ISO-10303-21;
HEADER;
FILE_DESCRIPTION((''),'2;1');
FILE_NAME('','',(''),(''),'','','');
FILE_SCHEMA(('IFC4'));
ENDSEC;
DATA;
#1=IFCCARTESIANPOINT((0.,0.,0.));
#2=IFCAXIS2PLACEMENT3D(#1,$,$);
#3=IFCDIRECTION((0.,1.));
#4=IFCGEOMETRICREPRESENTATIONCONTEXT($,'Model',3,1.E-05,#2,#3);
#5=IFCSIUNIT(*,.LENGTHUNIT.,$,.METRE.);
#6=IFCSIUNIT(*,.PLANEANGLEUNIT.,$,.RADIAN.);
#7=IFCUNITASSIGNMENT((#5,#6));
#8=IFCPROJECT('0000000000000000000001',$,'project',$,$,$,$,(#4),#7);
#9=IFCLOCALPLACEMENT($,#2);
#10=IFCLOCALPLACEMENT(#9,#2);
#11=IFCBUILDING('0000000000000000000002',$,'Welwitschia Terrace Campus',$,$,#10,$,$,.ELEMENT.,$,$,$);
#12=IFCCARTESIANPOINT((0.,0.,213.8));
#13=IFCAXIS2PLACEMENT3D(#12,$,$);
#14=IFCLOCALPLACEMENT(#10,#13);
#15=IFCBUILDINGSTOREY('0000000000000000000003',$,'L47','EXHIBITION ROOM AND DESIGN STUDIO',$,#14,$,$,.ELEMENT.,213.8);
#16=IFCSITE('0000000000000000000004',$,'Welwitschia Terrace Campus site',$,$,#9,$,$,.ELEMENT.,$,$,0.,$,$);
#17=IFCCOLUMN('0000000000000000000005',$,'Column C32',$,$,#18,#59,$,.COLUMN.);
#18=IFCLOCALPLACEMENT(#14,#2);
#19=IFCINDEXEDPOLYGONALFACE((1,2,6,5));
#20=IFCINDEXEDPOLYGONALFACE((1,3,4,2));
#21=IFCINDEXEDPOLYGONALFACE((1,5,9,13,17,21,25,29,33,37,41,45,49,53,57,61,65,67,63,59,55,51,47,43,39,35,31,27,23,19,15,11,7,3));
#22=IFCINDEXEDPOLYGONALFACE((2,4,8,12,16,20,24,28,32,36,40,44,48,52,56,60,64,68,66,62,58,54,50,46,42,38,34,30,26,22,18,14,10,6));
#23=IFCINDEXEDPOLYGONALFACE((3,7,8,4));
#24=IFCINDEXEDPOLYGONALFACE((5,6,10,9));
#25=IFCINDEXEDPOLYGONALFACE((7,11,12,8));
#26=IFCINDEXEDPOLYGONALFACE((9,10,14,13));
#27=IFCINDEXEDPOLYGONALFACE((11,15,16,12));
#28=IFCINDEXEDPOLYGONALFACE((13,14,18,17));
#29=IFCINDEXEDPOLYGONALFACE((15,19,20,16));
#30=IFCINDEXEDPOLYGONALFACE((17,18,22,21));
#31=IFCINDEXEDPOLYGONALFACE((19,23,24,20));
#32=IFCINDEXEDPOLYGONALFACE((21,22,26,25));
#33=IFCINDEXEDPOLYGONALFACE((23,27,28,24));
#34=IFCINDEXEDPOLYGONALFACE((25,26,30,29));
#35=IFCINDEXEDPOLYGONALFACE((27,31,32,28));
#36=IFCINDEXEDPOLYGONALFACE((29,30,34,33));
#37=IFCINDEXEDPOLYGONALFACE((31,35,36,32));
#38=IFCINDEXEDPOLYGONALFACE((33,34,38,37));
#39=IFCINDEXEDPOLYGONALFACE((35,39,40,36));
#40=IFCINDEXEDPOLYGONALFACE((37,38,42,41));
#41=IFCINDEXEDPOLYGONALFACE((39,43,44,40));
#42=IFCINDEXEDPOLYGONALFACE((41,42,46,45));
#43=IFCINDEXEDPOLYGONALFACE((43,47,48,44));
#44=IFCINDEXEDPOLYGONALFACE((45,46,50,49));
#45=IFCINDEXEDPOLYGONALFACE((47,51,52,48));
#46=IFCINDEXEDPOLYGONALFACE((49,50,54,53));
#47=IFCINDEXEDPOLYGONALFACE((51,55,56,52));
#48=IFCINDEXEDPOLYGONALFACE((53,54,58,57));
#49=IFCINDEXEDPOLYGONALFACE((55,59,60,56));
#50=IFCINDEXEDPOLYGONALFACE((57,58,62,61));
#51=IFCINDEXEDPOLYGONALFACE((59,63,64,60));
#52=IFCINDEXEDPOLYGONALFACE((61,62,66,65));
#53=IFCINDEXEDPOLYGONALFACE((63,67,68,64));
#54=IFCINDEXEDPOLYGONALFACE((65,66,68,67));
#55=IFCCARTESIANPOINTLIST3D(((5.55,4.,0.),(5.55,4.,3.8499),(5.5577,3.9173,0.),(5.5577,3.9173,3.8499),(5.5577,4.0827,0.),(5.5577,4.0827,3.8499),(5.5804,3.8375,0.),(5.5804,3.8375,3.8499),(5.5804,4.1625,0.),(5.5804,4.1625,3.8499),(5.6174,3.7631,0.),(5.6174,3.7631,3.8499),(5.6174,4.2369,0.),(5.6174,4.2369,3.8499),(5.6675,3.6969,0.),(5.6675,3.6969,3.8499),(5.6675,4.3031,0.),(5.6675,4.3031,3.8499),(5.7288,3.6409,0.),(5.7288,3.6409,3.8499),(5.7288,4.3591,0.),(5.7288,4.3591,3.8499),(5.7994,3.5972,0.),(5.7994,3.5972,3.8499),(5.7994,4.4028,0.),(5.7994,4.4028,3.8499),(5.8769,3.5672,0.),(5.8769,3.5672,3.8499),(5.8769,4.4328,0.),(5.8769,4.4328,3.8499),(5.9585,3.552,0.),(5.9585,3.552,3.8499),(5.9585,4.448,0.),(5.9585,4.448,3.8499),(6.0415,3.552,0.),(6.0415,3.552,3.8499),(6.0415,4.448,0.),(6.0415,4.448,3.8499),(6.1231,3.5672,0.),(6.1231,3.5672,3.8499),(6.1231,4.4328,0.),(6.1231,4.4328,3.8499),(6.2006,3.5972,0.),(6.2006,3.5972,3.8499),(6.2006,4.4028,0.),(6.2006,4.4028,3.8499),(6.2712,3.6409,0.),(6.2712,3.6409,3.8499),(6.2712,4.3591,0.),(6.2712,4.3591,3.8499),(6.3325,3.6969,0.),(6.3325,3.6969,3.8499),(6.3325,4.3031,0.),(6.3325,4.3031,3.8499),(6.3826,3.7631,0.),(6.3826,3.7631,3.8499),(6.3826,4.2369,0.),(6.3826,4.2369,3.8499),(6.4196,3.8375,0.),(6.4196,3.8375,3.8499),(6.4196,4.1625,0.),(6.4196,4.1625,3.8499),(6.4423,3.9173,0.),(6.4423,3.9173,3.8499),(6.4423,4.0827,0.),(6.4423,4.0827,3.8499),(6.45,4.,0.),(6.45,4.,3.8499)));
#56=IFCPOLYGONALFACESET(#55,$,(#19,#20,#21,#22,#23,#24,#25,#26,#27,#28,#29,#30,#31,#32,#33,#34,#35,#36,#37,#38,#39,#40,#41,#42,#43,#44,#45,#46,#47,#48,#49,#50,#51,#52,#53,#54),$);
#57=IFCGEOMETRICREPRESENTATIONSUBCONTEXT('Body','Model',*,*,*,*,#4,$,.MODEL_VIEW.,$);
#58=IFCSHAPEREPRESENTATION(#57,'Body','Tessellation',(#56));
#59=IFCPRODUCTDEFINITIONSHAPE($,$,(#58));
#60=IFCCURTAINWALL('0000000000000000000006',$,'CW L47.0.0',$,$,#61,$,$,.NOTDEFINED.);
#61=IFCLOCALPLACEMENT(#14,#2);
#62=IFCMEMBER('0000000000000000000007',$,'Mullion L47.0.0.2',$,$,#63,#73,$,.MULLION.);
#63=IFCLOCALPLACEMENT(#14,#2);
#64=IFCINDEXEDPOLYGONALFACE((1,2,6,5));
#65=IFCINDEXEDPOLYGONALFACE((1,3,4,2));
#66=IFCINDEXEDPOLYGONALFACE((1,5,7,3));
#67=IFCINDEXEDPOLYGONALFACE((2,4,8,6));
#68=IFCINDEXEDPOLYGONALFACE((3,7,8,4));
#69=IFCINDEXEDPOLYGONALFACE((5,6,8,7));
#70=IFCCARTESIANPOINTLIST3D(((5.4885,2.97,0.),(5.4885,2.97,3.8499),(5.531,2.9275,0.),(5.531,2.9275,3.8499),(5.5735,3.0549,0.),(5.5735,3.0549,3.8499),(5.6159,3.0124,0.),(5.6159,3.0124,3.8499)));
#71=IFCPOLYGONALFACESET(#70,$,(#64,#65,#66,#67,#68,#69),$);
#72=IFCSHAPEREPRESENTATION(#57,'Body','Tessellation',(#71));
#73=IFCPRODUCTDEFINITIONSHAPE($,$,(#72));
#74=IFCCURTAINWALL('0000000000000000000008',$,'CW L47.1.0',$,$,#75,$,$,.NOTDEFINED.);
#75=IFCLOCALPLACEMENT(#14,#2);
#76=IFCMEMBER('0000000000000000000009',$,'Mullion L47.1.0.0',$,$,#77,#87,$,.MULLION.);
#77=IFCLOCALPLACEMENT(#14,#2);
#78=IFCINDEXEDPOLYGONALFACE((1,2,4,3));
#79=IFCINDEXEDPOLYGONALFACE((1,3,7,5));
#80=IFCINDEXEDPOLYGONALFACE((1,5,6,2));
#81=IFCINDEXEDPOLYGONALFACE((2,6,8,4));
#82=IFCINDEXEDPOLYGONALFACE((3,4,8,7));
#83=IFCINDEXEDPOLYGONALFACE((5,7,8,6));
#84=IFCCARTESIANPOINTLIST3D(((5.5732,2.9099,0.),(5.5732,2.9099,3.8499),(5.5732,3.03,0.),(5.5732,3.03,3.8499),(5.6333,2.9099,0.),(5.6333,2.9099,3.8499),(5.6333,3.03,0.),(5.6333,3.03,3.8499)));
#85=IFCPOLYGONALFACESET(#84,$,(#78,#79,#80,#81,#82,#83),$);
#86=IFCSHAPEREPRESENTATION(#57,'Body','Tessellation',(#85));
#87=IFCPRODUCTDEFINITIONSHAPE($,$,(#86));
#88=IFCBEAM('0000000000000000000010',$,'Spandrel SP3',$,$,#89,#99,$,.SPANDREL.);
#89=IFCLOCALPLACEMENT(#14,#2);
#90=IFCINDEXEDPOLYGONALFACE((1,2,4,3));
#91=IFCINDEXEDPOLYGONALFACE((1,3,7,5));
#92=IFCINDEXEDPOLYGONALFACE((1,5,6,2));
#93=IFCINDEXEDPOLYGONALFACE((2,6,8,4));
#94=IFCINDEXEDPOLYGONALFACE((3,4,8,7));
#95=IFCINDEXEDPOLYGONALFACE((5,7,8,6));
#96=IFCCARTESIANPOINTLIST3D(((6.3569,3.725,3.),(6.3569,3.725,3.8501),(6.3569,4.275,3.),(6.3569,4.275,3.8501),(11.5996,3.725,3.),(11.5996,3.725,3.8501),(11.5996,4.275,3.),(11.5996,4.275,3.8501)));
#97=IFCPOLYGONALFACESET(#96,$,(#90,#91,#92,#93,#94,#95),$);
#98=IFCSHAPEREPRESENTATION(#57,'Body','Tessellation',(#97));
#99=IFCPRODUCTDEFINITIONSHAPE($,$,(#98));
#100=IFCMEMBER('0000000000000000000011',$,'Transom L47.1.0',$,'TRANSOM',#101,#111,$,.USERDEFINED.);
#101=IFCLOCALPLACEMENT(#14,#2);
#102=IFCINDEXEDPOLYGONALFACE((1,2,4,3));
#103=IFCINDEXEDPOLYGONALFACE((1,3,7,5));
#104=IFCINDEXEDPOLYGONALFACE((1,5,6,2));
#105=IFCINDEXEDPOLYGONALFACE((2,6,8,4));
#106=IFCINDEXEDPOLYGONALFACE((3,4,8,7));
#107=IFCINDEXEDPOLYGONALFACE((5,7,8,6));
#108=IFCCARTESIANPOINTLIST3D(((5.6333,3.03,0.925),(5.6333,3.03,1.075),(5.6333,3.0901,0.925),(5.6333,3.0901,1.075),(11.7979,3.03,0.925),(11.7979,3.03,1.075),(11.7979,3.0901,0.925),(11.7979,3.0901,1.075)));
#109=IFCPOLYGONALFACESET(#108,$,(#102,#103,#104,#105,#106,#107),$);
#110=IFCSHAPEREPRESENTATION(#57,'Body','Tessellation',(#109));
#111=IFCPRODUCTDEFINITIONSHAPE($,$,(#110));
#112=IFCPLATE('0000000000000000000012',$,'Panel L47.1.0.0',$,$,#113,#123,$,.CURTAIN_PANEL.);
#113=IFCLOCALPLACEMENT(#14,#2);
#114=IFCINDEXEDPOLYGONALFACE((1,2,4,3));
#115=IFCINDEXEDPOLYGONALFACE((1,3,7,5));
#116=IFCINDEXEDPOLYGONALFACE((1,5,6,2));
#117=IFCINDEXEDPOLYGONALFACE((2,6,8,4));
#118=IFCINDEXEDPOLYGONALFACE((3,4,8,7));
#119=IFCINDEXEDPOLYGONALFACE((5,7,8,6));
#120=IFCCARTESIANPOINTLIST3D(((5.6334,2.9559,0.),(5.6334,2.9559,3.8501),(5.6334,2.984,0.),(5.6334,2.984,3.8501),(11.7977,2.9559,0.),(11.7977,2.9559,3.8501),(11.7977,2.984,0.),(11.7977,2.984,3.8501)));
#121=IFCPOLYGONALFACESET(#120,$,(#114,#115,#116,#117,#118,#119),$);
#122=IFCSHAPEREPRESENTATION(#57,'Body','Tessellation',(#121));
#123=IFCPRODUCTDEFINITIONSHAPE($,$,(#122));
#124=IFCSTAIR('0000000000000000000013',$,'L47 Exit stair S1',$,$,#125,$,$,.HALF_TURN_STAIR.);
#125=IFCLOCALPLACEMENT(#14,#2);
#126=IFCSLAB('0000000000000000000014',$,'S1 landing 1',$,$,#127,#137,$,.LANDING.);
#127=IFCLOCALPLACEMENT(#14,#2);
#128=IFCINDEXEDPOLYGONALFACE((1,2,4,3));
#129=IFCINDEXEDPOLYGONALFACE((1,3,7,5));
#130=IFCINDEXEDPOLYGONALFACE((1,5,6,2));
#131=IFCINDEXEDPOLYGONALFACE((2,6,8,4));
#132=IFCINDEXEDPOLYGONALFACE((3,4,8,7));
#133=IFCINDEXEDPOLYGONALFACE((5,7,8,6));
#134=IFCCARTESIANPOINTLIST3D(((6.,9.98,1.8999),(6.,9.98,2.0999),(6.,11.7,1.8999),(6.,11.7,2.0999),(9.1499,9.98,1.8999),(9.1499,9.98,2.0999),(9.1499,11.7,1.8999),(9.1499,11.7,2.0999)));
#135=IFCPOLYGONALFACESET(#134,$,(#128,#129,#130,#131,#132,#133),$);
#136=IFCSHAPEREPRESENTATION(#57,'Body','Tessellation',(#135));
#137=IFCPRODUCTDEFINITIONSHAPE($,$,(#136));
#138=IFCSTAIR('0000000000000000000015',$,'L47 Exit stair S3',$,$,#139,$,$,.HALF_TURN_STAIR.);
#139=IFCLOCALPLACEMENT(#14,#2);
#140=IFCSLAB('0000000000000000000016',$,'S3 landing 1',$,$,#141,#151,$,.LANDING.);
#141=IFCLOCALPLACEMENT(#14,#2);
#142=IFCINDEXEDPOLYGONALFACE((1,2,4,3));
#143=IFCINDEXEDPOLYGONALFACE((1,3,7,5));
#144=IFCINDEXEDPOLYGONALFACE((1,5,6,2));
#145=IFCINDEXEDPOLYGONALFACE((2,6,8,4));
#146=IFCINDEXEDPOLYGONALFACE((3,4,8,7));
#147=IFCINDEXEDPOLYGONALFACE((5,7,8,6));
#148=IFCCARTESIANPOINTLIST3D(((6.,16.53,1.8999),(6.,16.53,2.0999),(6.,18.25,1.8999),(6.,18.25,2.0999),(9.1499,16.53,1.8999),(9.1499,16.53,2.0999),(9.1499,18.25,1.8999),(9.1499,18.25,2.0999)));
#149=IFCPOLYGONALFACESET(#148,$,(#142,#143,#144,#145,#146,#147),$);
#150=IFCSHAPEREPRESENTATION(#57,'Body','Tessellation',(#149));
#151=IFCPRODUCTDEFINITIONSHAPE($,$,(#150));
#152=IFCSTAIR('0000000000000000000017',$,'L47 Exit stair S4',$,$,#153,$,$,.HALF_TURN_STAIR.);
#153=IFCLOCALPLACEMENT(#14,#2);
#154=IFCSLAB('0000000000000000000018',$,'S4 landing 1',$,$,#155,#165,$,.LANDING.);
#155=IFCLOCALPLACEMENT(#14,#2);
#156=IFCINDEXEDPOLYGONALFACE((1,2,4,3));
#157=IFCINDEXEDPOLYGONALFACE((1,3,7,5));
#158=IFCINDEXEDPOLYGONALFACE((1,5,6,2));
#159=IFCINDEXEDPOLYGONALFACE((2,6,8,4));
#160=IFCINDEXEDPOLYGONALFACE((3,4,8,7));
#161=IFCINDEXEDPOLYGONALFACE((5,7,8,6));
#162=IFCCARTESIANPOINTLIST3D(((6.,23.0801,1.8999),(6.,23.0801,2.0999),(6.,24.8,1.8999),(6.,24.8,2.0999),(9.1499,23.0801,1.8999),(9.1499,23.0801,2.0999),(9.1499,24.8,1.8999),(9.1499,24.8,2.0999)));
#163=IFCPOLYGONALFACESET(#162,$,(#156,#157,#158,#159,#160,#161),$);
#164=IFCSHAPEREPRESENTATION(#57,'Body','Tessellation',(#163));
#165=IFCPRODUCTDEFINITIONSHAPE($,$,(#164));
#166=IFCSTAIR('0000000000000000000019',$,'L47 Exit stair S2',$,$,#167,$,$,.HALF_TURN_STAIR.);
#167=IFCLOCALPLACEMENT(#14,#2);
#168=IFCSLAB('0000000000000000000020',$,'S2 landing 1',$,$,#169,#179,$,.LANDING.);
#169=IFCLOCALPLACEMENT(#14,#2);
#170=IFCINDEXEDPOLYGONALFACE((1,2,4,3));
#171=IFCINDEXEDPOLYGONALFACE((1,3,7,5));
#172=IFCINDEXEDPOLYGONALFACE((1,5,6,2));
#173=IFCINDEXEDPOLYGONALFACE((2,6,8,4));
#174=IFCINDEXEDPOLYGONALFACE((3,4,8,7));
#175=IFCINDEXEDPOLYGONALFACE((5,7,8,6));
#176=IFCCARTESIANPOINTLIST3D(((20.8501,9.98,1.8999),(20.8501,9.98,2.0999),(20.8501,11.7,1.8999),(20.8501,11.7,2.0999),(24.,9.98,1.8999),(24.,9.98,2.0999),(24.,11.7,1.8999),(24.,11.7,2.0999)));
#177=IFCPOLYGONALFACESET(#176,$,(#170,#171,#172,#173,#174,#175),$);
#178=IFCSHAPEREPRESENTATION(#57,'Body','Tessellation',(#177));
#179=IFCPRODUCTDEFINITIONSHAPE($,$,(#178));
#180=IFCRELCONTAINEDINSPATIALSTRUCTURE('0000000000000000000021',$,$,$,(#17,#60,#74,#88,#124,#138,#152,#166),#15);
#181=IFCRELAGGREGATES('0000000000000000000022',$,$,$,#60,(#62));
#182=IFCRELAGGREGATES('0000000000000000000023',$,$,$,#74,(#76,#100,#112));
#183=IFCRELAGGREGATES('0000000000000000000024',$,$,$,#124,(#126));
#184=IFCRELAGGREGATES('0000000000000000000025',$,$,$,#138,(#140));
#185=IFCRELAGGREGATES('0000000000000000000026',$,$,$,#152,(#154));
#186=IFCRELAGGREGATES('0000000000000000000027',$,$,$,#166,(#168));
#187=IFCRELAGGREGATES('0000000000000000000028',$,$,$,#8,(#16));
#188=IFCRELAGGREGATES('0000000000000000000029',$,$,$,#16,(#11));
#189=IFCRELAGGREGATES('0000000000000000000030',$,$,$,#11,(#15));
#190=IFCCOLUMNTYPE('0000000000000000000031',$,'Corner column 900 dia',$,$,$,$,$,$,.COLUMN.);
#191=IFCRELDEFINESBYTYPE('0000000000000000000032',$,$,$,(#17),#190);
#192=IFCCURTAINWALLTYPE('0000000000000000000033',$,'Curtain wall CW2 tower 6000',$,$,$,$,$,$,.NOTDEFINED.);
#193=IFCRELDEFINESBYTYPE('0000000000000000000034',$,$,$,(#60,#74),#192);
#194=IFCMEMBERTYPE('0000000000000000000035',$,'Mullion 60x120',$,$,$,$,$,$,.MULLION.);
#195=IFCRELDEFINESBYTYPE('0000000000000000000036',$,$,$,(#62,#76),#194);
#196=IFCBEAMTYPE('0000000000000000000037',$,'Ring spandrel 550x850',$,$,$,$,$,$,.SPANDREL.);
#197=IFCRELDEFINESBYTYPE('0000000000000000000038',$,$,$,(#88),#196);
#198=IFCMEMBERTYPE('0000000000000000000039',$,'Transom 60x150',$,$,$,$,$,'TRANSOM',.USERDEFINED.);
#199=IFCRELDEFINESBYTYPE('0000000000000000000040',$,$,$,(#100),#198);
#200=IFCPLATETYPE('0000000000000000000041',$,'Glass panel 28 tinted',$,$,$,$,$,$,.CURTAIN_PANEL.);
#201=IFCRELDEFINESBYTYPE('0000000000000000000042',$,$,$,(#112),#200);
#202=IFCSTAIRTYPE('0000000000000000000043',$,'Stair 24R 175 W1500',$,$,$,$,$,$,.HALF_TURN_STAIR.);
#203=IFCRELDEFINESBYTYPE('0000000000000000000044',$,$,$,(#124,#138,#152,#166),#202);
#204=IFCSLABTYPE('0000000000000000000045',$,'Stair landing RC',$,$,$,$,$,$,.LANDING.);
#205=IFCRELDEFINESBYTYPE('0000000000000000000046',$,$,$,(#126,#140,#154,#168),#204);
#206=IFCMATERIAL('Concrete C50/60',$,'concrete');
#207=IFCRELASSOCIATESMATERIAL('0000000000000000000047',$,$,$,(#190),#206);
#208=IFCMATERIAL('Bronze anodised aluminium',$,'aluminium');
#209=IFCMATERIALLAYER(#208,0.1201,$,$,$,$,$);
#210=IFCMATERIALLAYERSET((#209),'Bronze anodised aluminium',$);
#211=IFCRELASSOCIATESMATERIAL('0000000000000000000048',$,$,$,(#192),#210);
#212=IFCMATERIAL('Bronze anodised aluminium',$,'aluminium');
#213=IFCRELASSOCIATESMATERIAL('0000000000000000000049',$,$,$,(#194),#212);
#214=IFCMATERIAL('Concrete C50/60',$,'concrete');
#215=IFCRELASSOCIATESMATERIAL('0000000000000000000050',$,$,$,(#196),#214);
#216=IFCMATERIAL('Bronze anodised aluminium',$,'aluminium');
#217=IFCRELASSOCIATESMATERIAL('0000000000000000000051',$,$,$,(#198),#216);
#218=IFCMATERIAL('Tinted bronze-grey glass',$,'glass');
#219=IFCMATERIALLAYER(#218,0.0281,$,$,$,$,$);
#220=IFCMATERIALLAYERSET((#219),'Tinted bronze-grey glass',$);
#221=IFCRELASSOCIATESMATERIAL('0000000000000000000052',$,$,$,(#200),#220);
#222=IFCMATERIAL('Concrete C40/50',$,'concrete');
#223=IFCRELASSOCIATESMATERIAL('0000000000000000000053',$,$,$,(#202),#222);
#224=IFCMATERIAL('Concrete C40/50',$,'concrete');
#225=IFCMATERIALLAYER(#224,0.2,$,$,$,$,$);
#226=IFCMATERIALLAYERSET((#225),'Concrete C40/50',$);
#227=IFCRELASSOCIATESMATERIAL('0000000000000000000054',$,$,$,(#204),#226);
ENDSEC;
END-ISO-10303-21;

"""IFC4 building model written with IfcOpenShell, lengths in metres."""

from ifc_helpers import new_model, si_unit, direction, frame, origin, origin_2d, place, context, subcontext, project, spatial, polyline, rectangle, circle, outline, extrude, material, layer, layer_set, material_profile, profile_set, type_object, element, aggregate, save


model = new_model("IFC4")

# Units and contexts
model_context = context("Model", 3, precision=1e-05, world=origin(), true_north=direction((0.0, 1.0)))
body_context = subcontext(model_context, "Body", "Model", "MODEL_VIEW")
ifc_project = project(units=[si_unit("LENGTHUNIT", "METRE"), si_unit("PLANEANGLEUNIT", "RADIAN")], contexts=[model_context])

# Site, building, storey
site_placement = place(None, origin())
site = spatial("IfcSite", under=ifc_project, at=site_placement, Name="Welwitschia Terrace Campus site", CompositionType="ELEMENT", RefElevation=0.0)
building_placement = place(site_placement, origin())
building = spatial("IfcBuilding", under=site, at=building_placement, Name="Welwitschia Terrace Campus", CompositionType="ELEMENT")
storey_placement = place(building_placement, frame((0.0, 0.0, 213.8)))
storey = spatial("IfcBuildingStorey", under=building, at=storey_placement, Name="L47", Description="EXHIBITION ROOM AND DESIGN STUDIO", CompositionType="ELEMENT", Elevation=213.8)

# Column
ifc_material_1 = material(Name="Concrete C50/60", Category="concrete")
ifc_material_profile_1 = material_profile(ifc_material_1, circle(Radius=0.45, at=origin_2d()))
ifc_profile_set_1 = profile_set([ifc_material_profile_1], Name="Concrete C50/60")
column_type = type_object("IfcColumnType", Name="Corner column 900 dia", PredefinedType="COLUMN", material=ifc_profile_set_1)
column_placement = place(storey_placement, frame((6.0, 4.0, 0.0), z_axis=(0.0, 0.0, 1.0), x_axis=(1.0, 0.0, 0.0)))
element("IfcColumn", 1, at=column_placement, inside=storey, type_object=column_type, Name="Column C32", PredefinedType="COLUMN", context=body_context, shape_type="SweptSolid", body=[
    extrude(circle(Radius=0.45, at=origin_2d()), origin(), (0.0, 0.0, 1.0), 3.8499),
])

# Curtain walls, members
ifc_material_2 = material(Name="Bronze anodised aluminium", Category="aluminium")
ifc_layer_1 = layer(ifc_material_2, 0.1201)
ifc_layer_set_1 = layer_set([ifc_layer_1], Name="Bronze anodised aluminium")
curtain_wall_type = type_object("IfcCurtainWallType", Name="Curtain wall CW2 tower 6000", PredefinedType="NOTDEFINED", material=ifc_layer_set_1)
curtain_wall_1_placement = place(storey_placement, origin())
curtain_wall_1 = element("IfcCurtainWall", 2, at=curtain_wall_1_placement, inside=storey, type_object=curtain_wall_type, Name="CW L47.0.0", PredefinedType="NOTDEFINED")
ifc_material_3 = material(Name="Bronze anodised aluminium", Category="aluminium")
ifc_material_profile_2 = material_profile(ifc_material_3, rectangle(XDim=0.1201, YDim=0.0601, at=origin_2d()))
ifc_profile_set_2 = profile_set([ifc_material_profile_2], Name="Bronze anodised aluminium")
member_type_1 = type_object("IfcMemberType", Name="Mullion 60x120", PredefinedType="MULLION", material=ifc_profile_set_2)
member_1_placement = place(storey_placement, frame((5.5522, 2.9912, 0.0), z_axis=(0.0, 0.0, 1.0), x_axis=(0.707107, 0.707107, 0.0)))
member_1 = element("IfcMember", 3, at=member_1_placement, type_object=member_type_1, Name="Mullion L47.0.0.2", PredefinedType="MULLION", context=body_context, shape_type="SweptSolid", body=[
    extrude(rectangle(XDim=0.1201, YDim=0.0601, at=origin_2d()), origin(), (0.0, 0.0, 1.0), 3.8499),
])
aggregate(curtain_wall_1, [member_1])
curtain_wall_2_placement = place(storey_placement, origin())
curtain_wall_2 = element("IfcCurtainWall", 4, at=curtain_wall_2_placement, inside=storey, type_object=curtain_wall_type, Name="CW L47.1.0", PredefinedType="NOTDEFINED")
member_2_placement = place(storey_placement, frame((5.6033, 2.97, 0.0), z_axis=(0.0, 0.0, 1.0), x_axis=(0.0, 1.0, 0.0)))
member_2 = element("IfcMember", 5, at=member_2_placement, type_object=member_type_1, Name="Mullion L47.1.0.0", PredefinedType="MULLION", context=body_context, shape_type="SweptSolid", body=[
    extrude(rectangle(XDim=0.1201, YDim=0.0601, at=origin_2d()), origin(), (0.0, 0.0, 1.0), 3.8499),
])

# Beam
ifc_material_4 = material(Name="Concrete C50/60", Category="concrete")
ifc_material_profile_3 = material_profile(ifc_material_4, rectangle(XDim=0.55, YDim=0.8501, at=origin_2d()))
ifc_profile_set_3 = profile_set([ifc_material_profile_3], Name="Concrete C50/60")
beam_type = type_object("IfcBeamType", Name="Ring spandrel 550x850", PredefinedType="SPANDREL", material=ifc_profile_set_3)
beam_placement = place(storey_placement, frame((6.3569, 4.0, 3.425), z_axis=(1.0, 0.0, 0.0), x_axis=(0.0, 1.0, 0.0)))
element("IfcBeam", 6, at=beam_placement, inside=storey, type_object=beam_type, Name="Spandrel SP3", PredefinedType="SPANDREL", context=body_context, shape_type="SweptSolid", body=[
    extrude(rectangle(XDim=0.55, YDim=0.8501, at=origin_2d()), origin(), (0.0, 0.0, 1.0), 5.2427),
])

# Member
ifc_material_5 = material(Name="Bronze anodised aluminium", Category="aluminium")
ifc_material_profile_4 = material_profile(ifc_material_5, rectangle(XDim=0.0601, YDim=0.1499, at=origin_2d()))
ifc_profile_set_4 = profile_set([ifc_material_profile_4], Name="Bronze anodised aluminium")
member_type_2 = type_object("IfcMemberType", Name="Transom 60x150", ElementType="TRANSOM", PredefinedType="USERDEFINED", material=ifc_profile_set_4)
member_3_placement = place(storey_placement, frame((5.6333, 3.0601, 1.0), z_axis=(1.0, 0.0, 0.0), x_axis=(0.0, 1.0, 0.0)))
member_3 = element("IfcMember", 7, at=member_3_placement, type_object=member_type_2, Name="Transom L47.1.0", ObjectType="TRANSOM", PredefinedType="USERDEFINED", context=body_context, shape_type="SweptSolid", body=[
    extrude(rectangle(XDim=0.0601, YDim=0.1499, at=origin_2d()), origin(), (0.0, 0.0, 1.0), 6.1646),
])

# Plate
ifc_material_6 = material(Name="Tinted bronze-grey glass", Category="glass")
ifc_layer_2 = layer(ifc_material_6, 0.0281)
ifc_layer_set_2 = layer_set([ifc_layer_2], Name="Tinted bronze-grey glass")
plate_type = type_object("IfcPlateType", Name="Glass panel 28 tinted", PredefinedType="CURTAIN_PANEL", material=ifc_layer_set_2)
plate_placement = place(storey_placement, frame((8.7156, 2.97, 0.0), z_axis=(0.0, 0.0, 1.0), x_axis=(1.0, 0.0, 0.0)))
plate = element("IfcPlate", 8, at=plate_placement, type_object=plate_type, Name="Panel L47.1.0.0", PredefinedType="CURTAIN_PANEL", context=body_context, shape_type="SweptSolid", body=[
    extrude(rectangle(XDim=6.1643, YDim=0.0281, at=origin_2d()), origin(), (0.0, 0.0, 1.0), 3.8501),
])
aggregate(curtain_wall_2, [member_2, member_3, plate])

# Stairs, slabs
ifc_material_7 = material(Name="Concrete C40/50", Category="concrete")
stair_type = type_object("IfcStairType", Name="Stair 24R 175 W1500", PredefinedType="HALF_TURN_STAIR", material=ifc_material_7)
stair_1_placement = place(storey_placement, origin())
stair_1 = element("IfcStair", 9, at=stair_1_placement, inside=storey, type_object=stair_type, Name="L47 Exit stair S1", PredefinedType="HALF_TURN_STAIR")
ifc_material_8 = material(Name="Concrete C40/50", Category="concrete")
ifc_layer_3 = layer(ifc_material_8, 0.2)
ifc_layer_set_3 = layer_set([ifc_layer_3], Name="Concrete C40/50")
slab_type_1 = type_object("IfcSlabType", Name="Stair landing RC", PredefinedType="LANDING", material=ifc_layer_set_3)
slab_1_placement = place(storey_placement, frame((0.0, 0.0, 1.8999)))
slab_1 = element("IfcSlab", 10, at=slab_1_placement, type_object=slab_type_1, Name="S1 landing 1", PredefinedType="LANDING", context=body_context, shape_type="SweptSolid", body=[
    extrude(outline(polyline([(9.1499, 9.98), (9.1499, 11.7), (6.0, 11.7), (6.0, 9.98), (9.1499, 9.98)])), origin(), (0.0, 0.0, 1.0), 0.2),
])
aggregate(stair_1, [slab_1])
stair_2_placement = place(storey_placement, origin())
stair_2 = element("IfcStair", 11, at=stair_2_placement, inside=storey, type_object=stair_type, Name="L47 Exit stair S3", PredefinedType="HALF_TURN_STAIR")
slab_2_placement = place(storey_placement, frame((0.0, 0.0, 1.8999)))
slab_2 = element("IfcSlab", 12, at=slab_2_placement, type_object=slab_type_1, Name="S3 landing 1", PredefinedType="LANDING", context=body_context, shape_type="SweptSolid", body=[
    extrude(outline(polyline([(9.1499, 16.53), (9.1499, 18.25), (6.0, 18.25), (6.0, 16.53), (9.1499, 16.53)])), origin(), (0.0, 0.0, 1.0), 0.2),
])
aggregate(stair_2, [slab_2])
stair_3_placement = place(storey_placement, origin())
stair_3 = element("IfcStair", 13, at=stair_3_placement, inside=storey, type_object=stair_type, Name="L47 Exit stair S4", PredefinedType="HALF_TURN_STAIR")
slab_3_placement = place(storey_placement, frame((0.0, 0.0, 1.8999)))
slab_3 = element("IfcSlab", 14, at=slab_3_placement, type_object=slab_type_1, Name="S4 landing 1", PredefinedType="LANDING", context=body_context, shape_type="SweptSolid", body=[
    extrude(outline(polyline([(9.1499, 23.0801), (9.1499, 24.8), (6.0, 24.8), (6.0, 23.0801), (9.1499, 23.0801)])), origin(), (0.0, 0.0, 1.0), 0.2),
])
aggregate(stair_3, [slab_3])
stair_4_placement = place(storey_placement, origin())
stair_4 = element("IfcStair", 15, at=stair_4_placement, inside=storey, type_object=stair_type, Name="L47 Exit stair S2", PredefinedType="HALF_TURN_STAIR")
slab_4_placement = place(storey_placement, frame((0.0, 0.0, 1.8999)))
slab_4 = element("IfcSlab", 16, at=slab_4_placement, type_object=slab_type_1, Name="S2 landing 1", PredefinedType="LANDING", context=body_context, shape_type="SweptSolid", body=[
    extrude(outline(polyline([(24.0, 9.98), (24.0, 11.7), (20.8501, 11.7), (20.8501, 9.98), (24.0, 9.98)])), origin(), (0.0, 0.0, 1.0), 0.2),
])
aggregate(stair_4, [slab_4])

save(model, "model.ifc")
